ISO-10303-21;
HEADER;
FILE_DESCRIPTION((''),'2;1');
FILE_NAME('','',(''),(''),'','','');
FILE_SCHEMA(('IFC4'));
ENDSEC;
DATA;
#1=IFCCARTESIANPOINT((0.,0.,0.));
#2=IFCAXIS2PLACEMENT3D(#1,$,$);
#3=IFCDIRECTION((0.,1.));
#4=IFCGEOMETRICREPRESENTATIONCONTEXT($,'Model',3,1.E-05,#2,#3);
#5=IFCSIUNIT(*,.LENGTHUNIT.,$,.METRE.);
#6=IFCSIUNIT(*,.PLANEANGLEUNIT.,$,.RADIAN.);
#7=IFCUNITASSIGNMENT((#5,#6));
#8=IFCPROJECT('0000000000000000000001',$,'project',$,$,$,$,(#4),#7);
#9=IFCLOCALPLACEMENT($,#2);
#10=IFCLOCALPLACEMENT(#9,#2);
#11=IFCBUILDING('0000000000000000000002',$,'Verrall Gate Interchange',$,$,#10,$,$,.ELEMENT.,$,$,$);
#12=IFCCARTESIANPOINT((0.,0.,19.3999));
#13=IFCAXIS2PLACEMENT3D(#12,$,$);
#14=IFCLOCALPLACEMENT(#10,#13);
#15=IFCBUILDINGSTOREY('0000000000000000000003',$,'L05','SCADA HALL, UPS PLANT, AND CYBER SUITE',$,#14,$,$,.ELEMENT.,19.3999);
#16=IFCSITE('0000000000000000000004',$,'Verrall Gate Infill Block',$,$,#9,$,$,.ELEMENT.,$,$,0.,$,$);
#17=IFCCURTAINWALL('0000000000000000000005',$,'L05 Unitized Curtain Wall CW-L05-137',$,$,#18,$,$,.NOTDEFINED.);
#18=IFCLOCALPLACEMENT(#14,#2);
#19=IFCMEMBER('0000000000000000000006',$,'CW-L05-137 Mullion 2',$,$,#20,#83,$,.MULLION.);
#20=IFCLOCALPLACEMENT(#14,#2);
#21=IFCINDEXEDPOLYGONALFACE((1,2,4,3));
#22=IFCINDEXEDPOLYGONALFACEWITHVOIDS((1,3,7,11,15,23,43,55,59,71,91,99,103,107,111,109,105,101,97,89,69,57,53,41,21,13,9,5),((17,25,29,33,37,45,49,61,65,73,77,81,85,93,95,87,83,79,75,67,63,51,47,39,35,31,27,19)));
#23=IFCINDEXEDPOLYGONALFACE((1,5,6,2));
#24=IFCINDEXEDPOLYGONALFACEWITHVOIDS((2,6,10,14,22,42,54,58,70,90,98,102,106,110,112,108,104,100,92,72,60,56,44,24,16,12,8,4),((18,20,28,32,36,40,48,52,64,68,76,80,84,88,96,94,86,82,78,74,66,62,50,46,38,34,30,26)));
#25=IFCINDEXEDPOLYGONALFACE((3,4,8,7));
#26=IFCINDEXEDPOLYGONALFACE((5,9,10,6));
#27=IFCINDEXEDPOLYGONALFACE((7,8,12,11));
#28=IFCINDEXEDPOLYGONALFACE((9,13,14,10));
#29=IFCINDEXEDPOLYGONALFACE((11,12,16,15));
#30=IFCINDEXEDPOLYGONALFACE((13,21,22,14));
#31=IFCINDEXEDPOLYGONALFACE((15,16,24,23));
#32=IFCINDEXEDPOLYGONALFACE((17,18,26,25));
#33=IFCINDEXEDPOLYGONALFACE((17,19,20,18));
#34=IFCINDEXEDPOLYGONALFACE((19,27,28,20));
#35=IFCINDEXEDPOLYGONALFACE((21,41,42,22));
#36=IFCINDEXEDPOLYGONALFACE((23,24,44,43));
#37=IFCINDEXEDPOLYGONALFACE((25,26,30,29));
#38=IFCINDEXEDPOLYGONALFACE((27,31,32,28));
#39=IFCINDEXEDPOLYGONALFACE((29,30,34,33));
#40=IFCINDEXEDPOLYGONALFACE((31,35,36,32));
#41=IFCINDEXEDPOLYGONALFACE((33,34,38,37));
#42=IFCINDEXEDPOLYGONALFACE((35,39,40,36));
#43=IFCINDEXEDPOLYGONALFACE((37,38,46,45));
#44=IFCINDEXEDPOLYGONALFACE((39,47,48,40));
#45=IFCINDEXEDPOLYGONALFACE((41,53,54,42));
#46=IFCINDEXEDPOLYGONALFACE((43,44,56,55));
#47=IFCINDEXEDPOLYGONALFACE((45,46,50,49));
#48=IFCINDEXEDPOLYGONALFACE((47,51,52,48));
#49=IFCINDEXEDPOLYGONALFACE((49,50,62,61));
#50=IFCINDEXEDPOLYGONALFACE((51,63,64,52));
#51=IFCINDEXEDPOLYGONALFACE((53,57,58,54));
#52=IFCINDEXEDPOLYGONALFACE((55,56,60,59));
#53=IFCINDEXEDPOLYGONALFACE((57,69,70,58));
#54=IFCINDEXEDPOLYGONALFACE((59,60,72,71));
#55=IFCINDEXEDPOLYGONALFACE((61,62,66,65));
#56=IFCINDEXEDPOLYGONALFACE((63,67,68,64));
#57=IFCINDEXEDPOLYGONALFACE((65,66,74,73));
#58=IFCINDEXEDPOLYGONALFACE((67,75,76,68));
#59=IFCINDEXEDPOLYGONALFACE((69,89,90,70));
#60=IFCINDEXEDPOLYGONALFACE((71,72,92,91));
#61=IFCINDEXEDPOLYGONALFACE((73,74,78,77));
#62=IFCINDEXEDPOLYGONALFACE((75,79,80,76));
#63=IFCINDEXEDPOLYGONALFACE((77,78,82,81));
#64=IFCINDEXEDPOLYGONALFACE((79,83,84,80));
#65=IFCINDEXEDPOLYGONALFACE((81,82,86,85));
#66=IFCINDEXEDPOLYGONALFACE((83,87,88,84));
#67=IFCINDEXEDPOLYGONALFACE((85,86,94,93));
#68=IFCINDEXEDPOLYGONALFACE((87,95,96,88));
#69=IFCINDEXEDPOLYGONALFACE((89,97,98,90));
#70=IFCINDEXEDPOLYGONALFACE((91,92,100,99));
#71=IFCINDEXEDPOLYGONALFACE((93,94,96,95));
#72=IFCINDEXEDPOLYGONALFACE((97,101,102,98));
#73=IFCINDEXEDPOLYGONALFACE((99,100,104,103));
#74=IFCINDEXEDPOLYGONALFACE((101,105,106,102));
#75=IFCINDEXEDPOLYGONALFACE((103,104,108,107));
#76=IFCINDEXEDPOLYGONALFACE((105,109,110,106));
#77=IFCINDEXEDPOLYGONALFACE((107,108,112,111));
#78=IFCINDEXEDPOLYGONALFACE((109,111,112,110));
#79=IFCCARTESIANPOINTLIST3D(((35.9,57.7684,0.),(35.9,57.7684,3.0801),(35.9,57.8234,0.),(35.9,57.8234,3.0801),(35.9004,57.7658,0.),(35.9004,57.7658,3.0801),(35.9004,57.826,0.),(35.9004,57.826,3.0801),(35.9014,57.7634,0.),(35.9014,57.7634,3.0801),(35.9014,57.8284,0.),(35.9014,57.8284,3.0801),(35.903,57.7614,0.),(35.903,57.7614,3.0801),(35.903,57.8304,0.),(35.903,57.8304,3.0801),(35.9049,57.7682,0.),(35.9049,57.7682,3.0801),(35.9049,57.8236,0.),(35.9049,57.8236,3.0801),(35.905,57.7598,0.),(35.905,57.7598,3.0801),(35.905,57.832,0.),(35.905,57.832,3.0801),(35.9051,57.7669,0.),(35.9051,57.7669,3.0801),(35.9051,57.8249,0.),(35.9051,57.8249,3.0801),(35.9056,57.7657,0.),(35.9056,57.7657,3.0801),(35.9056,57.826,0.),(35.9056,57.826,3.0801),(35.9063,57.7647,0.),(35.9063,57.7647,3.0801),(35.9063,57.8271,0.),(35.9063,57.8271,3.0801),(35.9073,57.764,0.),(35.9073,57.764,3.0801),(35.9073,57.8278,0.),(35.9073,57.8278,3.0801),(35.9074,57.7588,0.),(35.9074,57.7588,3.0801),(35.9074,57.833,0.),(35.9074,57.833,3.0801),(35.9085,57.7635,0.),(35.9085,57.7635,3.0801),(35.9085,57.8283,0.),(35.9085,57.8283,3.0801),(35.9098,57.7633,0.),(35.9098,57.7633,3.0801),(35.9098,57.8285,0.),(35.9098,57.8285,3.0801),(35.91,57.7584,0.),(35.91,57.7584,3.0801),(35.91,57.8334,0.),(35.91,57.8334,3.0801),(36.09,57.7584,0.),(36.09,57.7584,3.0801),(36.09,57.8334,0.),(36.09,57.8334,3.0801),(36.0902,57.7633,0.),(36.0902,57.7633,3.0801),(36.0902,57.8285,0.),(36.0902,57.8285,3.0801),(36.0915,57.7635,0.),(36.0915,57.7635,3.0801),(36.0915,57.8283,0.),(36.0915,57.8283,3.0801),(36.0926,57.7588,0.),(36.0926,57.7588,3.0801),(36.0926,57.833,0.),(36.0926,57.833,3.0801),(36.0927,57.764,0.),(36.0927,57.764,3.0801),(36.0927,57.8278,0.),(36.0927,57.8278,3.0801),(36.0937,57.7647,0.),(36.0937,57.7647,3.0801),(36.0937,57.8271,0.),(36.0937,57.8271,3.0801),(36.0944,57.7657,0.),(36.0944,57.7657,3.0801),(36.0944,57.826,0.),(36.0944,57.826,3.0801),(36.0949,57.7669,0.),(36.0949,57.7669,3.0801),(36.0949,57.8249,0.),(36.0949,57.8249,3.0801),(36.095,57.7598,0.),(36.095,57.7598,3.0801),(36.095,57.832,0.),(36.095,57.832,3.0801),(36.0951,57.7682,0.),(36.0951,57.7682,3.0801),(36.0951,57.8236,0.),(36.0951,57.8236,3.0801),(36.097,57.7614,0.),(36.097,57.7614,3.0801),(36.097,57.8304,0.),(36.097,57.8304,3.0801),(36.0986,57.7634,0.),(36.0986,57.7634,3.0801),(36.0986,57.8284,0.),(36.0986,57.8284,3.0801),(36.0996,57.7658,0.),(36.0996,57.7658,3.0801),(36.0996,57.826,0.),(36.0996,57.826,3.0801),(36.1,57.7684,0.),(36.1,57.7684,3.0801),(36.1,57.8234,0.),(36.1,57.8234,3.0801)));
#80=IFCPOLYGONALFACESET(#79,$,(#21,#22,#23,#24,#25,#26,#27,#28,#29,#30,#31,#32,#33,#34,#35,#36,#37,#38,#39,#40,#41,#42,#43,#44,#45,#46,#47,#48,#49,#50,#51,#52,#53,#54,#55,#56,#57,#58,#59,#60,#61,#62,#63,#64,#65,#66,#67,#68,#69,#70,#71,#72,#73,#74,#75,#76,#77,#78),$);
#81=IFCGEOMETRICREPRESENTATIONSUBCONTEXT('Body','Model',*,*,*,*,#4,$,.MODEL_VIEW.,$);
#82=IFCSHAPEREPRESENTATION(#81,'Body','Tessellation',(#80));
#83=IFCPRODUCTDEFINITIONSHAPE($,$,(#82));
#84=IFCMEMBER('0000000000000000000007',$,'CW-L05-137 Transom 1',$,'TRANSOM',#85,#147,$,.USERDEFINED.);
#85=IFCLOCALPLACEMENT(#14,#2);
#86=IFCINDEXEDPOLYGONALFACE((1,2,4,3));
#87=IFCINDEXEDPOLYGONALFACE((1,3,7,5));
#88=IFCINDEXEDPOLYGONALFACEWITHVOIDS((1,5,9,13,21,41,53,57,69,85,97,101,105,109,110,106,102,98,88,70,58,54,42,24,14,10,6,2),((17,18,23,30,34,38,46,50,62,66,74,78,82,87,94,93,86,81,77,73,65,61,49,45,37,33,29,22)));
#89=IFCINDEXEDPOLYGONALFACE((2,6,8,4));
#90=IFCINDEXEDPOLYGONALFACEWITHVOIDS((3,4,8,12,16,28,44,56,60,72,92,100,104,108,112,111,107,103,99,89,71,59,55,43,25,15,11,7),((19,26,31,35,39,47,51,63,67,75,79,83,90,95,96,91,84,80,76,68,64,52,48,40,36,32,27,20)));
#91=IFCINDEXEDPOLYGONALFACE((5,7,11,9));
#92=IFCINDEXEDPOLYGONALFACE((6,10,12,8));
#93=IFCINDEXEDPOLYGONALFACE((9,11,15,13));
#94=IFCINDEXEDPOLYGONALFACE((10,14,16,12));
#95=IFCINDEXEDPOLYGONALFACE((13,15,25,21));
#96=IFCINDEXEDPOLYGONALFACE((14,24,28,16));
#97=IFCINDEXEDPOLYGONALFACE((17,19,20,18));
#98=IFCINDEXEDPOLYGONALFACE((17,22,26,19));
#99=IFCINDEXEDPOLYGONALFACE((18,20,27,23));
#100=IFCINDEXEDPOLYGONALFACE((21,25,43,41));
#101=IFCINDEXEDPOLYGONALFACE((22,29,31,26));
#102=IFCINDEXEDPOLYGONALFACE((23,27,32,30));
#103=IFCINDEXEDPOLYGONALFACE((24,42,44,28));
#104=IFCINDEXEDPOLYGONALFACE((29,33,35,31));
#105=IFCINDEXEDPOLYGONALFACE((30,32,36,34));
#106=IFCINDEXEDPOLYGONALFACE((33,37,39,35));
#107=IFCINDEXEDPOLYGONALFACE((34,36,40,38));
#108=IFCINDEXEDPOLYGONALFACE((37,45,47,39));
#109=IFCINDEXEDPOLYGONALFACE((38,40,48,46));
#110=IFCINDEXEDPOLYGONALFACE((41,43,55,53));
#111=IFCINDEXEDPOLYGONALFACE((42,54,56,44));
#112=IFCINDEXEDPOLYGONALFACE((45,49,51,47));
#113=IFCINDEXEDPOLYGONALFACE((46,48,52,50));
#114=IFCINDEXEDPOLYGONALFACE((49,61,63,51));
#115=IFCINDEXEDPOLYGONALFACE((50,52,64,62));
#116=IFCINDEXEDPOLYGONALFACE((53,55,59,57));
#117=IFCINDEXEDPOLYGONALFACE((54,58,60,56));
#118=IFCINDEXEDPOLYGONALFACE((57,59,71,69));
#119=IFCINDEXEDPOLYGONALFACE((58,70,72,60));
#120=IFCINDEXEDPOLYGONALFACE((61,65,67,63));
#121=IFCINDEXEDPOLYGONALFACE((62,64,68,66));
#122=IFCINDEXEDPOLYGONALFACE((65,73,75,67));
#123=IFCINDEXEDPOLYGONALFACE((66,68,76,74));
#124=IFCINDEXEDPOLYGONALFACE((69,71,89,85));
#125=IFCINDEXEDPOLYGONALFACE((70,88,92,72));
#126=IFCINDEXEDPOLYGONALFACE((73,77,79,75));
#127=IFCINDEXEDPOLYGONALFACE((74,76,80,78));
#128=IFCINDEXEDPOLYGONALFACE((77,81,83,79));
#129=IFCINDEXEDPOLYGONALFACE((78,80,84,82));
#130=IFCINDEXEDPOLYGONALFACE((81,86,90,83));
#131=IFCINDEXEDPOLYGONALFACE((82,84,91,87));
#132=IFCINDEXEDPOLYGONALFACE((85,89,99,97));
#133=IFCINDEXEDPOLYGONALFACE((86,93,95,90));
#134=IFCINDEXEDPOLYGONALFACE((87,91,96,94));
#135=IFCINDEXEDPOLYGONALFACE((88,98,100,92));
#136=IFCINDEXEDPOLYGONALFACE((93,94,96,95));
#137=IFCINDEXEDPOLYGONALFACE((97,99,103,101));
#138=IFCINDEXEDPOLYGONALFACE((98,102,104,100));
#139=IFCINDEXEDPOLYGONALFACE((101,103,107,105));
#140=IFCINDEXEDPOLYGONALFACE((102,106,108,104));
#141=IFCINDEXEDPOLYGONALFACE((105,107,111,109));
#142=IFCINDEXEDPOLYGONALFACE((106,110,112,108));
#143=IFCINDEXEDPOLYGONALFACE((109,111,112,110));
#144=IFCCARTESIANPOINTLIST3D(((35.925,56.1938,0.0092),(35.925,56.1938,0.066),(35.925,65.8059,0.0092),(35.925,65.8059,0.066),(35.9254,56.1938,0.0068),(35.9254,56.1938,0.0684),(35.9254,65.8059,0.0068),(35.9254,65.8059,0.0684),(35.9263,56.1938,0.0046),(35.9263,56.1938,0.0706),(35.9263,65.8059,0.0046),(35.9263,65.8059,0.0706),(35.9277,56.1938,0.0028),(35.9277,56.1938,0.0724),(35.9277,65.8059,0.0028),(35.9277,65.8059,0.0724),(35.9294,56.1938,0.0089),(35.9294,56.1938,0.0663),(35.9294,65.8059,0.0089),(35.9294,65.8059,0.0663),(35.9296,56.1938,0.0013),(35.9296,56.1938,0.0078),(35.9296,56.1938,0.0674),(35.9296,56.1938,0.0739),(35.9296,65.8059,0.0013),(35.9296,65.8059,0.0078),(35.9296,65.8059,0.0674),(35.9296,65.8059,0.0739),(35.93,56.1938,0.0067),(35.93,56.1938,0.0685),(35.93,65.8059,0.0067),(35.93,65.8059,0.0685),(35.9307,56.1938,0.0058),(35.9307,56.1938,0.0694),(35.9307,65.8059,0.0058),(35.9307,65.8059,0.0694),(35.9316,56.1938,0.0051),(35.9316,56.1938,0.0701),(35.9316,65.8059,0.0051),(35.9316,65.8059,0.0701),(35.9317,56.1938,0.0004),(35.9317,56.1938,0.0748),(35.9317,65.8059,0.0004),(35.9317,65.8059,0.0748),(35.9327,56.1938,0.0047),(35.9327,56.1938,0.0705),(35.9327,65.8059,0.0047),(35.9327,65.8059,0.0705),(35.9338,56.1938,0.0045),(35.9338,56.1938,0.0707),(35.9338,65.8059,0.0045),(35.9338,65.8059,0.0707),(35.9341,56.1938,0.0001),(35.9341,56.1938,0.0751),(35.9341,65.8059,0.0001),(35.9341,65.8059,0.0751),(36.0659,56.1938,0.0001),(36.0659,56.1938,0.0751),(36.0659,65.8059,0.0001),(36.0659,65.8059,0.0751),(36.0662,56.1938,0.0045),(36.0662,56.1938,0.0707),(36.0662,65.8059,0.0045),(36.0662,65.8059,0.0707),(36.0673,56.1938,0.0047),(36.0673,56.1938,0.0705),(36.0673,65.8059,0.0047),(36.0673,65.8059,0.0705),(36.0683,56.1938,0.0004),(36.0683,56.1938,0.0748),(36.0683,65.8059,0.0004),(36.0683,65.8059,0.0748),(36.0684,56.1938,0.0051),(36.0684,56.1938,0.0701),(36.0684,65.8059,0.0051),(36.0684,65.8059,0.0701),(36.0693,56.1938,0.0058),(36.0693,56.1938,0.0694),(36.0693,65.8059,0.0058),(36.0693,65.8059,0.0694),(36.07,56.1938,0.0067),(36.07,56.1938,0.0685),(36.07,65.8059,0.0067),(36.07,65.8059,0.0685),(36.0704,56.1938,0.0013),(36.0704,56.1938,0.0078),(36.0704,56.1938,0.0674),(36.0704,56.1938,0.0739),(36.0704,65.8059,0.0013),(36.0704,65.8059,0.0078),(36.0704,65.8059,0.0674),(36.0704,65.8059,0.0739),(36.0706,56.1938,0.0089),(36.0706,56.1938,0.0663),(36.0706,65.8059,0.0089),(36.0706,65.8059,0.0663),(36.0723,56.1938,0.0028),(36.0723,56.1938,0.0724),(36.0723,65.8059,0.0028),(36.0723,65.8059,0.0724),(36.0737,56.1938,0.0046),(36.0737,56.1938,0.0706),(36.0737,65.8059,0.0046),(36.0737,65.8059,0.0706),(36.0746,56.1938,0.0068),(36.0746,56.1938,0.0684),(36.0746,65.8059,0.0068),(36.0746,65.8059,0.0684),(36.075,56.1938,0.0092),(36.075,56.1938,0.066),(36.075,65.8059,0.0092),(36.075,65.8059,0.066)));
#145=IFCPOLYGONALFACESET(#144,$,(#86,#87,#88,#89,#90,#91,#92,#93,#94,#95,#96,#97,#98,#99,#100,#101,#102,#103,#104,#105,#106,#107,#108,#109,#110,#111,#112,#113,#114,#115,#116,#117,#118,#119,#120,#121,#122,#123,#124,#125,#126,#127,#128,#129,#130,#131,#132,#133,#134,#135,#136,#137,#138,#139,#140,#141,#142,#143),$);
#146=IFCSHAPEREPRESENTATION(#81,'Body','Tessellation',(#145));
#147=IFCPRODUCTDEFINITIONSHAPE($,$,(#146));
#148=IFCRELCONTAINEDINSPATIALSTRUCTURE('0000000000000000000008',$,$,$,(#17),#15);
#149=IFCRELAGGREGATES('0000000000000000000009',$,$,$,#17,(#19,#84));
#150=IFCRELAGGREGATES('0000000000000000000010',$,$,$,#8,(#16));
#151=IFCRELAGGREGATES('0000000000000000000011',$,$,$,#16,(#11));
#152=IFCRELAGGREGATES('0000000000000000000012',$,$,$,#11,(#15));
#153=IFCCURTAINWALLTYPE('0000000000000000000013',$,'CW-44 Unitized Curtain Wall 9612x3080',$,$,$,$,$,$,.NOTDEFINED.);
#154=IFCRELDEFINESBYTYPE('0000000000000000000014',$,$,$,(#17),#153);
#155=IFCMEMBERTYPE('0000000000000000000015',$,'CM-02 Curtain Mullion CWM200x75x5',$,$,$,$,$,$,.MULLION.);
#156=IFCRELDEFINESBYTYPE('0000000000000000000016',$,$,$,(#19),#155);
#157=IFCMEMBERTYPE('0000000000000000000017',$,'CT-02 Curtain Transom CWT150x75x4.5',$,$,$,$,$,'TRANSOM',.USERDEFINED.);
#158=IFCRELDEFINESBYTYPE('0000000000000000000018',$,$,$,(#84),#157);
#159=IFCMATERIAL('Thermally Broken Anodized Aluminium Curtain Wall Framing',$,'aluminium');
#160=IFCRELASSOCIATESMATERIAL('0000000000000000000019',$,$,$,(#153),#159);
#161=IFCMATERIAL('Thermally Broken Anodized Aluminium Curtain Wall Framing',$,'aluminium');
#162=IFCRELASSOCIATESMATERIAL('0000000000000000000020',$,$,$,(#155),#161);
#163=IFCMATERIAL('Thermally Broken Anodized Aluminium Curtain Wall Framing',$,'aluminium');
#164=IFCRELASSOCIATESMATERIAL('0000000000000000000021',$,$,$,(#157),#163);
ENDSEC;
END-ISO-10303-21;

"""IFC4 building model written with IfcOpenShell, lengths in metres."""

from ifc_helpers import new_model, si_unit, direction, frame, origin, origin_2d, place, context, subcontext, project, spatial, hollow_rectangle, extrude, material, material_profile, profile_set, type_object, element, aggregate, save


model = new_model("IFC4")

# Units and contexts
model_context = context("Model", 3, precision=1e-05, world=origin(), true_north=direction((0.0, 1.0)))
body_context = subcontext(model_context, "Body", "Model", "MODEL_VIEW")
ifc_project = project(units=[si_unit("LENGTHUNIT", "METRE"), si_unit("PLANEANGLEUNIT", "RADIAN")], contexts=[model_context])

# Site, building, storey
site_placement = place(None, origin())
site = spatial("IfcSite", under=ifc_project, at=site_placement, Name="Verrall Gate Infill Block", CompositionType="ELEMENT", RefElevation=0.0)
building_placement = place(site_placement, origin())
building = spatial("IfcBuilding", under=site, at=building_placement, Name="Verrall Gate Interchange", CompositionType="ELEMENT")
storey_placement = place(building_placement, frame((0.0, 0.0, 19.3999)))
storey = spatial("IfcBuildingStorey", under=building, at=storey_placement, Name="L05", Description="SCADA HALL, UPS PLANT, AND CYBER SUITE", CompositionType="ELEMENT", Elevation=19.3999)

# Curtain wall, members
ifc_material_1 = material(Name="Thermally Broken Anodized Aluminium Curtain Wall Framing", Category="aluminium")
curtain_wall_type = type_object("IfcCurtainWallType", Name="CW-44 Unitized Curtain Wall 9612x3080", PredefinedType="NOTDEFINED", material=ifc_material_1)
curtain_wall_placement = place(storey_placement, origin())
curtain_wall = element("IfcCurtainWall", 1, at=curtain_wall_placement, inside=storey, type_object=curtain_wall_type, Name="L05 Unitized Curtain Wall CW-L05-137", PredefinedType="NOTDEFINED")
ifc_material_2 = material(Name="Thermally Broken Anodized Aluminium Curtain Wall Framing", Category="aluminium")
ifc_material_profile_1 = material_profile(ifc_material_2, hollow_rectangle(XDim=0.075, YDim=0.2, WallThickness=0.0049, InnerFilletRadius=0.0049, OuterFilletRadius=0.01, at=origin_2d()), Name="CWM200x75x5")
ifc_profile_set_1 = profile_set([ifc_material_profile_1], Name="Thermally Broken Anodized Aluminium Curtain Wall Framing")
member_type_1 = type_object("IfcMemberType", Name="CM-02 Curtain Mullion CWM200x75x5", PredefinedType="MULLION", material=ifc_profile_set_1)
member_1_placement = place(storey_placement, frame((36.0, 57.7959, 0.0), z_axis=(0.0, 0.0, 1.0), x_axis=(0.0, 1.0, 0.0)))
member_1 = element("IfcMember", 2, at=member_1_placement, type_object=member_type_1, Name="CW-L05-137 Mullion 2", PredefinedType="MULLION", context=body_context, shape_type="SweptSolid", body=[
    extrude(hollow_rectangle(XDim=0.075, YDim=0.2, WallThickness=0.0049, InnerFilletRadius=0.0049, OuterFilletRadius=0.01, at=origin_2d()), origin(), (0.0, 0.0, 1.0), 3.0801),
])
ifc_material_3 = material(Name="Thermally Broken Anodized Aluminium Curtain Wall Framing", Category="aluminium")
ifc_material_profile_2 = material_profile(ifc_material_3, hollow_rectangle(XDim=0.1499, YDim=0.075, WallThickness=0.0044, InnerFilletRadius=0.0044, OuterFilletRadius=0.009, at=origin_2d()), Name="CWT150x75x4.5")
ifc_profile_set_2 = profile_set([ifc_material_profile_2], Name="Thermally Broken Anodized Aluminium Curtain Wall Framing")
member_type_2 = type_object("IfcMemberType", Name="CT-02 Curtain Transom CWT150x75x4.5", ElementType="TRANSOM", PredefinedType="USERDEFINED", material=ifc_profile_set_2)
member_2_placement = place(storey_placement, frame((36.0, 56.1938, 0.0376), z_axis=(0.0, 1.0, 0.0), x_axis=(-1.0, 0.0, 0.0)))
member_2 = element("IfcMember", 3, at=member_2_placement, type_object=member_type_2, Name="CW-L05-137 Transom 1", ObjectType="TRANSOM", PredefinedType="USERDEFINED", context=body_context, shape_type="SweptSolid", body=[
    extrude(hollow_rectangle(XDim=0.1499, YDim=0.075, WallThickness=0.0044, InnerFilletRadius=0.0044, OuterFilletRadius=0.009, at=origin_2d()), origin(), (0.0, 0.0, 1.0), 9.6121),
])

aggregate(curtain_wall, [member_1, member_2])

save(model, "model.ifc")
